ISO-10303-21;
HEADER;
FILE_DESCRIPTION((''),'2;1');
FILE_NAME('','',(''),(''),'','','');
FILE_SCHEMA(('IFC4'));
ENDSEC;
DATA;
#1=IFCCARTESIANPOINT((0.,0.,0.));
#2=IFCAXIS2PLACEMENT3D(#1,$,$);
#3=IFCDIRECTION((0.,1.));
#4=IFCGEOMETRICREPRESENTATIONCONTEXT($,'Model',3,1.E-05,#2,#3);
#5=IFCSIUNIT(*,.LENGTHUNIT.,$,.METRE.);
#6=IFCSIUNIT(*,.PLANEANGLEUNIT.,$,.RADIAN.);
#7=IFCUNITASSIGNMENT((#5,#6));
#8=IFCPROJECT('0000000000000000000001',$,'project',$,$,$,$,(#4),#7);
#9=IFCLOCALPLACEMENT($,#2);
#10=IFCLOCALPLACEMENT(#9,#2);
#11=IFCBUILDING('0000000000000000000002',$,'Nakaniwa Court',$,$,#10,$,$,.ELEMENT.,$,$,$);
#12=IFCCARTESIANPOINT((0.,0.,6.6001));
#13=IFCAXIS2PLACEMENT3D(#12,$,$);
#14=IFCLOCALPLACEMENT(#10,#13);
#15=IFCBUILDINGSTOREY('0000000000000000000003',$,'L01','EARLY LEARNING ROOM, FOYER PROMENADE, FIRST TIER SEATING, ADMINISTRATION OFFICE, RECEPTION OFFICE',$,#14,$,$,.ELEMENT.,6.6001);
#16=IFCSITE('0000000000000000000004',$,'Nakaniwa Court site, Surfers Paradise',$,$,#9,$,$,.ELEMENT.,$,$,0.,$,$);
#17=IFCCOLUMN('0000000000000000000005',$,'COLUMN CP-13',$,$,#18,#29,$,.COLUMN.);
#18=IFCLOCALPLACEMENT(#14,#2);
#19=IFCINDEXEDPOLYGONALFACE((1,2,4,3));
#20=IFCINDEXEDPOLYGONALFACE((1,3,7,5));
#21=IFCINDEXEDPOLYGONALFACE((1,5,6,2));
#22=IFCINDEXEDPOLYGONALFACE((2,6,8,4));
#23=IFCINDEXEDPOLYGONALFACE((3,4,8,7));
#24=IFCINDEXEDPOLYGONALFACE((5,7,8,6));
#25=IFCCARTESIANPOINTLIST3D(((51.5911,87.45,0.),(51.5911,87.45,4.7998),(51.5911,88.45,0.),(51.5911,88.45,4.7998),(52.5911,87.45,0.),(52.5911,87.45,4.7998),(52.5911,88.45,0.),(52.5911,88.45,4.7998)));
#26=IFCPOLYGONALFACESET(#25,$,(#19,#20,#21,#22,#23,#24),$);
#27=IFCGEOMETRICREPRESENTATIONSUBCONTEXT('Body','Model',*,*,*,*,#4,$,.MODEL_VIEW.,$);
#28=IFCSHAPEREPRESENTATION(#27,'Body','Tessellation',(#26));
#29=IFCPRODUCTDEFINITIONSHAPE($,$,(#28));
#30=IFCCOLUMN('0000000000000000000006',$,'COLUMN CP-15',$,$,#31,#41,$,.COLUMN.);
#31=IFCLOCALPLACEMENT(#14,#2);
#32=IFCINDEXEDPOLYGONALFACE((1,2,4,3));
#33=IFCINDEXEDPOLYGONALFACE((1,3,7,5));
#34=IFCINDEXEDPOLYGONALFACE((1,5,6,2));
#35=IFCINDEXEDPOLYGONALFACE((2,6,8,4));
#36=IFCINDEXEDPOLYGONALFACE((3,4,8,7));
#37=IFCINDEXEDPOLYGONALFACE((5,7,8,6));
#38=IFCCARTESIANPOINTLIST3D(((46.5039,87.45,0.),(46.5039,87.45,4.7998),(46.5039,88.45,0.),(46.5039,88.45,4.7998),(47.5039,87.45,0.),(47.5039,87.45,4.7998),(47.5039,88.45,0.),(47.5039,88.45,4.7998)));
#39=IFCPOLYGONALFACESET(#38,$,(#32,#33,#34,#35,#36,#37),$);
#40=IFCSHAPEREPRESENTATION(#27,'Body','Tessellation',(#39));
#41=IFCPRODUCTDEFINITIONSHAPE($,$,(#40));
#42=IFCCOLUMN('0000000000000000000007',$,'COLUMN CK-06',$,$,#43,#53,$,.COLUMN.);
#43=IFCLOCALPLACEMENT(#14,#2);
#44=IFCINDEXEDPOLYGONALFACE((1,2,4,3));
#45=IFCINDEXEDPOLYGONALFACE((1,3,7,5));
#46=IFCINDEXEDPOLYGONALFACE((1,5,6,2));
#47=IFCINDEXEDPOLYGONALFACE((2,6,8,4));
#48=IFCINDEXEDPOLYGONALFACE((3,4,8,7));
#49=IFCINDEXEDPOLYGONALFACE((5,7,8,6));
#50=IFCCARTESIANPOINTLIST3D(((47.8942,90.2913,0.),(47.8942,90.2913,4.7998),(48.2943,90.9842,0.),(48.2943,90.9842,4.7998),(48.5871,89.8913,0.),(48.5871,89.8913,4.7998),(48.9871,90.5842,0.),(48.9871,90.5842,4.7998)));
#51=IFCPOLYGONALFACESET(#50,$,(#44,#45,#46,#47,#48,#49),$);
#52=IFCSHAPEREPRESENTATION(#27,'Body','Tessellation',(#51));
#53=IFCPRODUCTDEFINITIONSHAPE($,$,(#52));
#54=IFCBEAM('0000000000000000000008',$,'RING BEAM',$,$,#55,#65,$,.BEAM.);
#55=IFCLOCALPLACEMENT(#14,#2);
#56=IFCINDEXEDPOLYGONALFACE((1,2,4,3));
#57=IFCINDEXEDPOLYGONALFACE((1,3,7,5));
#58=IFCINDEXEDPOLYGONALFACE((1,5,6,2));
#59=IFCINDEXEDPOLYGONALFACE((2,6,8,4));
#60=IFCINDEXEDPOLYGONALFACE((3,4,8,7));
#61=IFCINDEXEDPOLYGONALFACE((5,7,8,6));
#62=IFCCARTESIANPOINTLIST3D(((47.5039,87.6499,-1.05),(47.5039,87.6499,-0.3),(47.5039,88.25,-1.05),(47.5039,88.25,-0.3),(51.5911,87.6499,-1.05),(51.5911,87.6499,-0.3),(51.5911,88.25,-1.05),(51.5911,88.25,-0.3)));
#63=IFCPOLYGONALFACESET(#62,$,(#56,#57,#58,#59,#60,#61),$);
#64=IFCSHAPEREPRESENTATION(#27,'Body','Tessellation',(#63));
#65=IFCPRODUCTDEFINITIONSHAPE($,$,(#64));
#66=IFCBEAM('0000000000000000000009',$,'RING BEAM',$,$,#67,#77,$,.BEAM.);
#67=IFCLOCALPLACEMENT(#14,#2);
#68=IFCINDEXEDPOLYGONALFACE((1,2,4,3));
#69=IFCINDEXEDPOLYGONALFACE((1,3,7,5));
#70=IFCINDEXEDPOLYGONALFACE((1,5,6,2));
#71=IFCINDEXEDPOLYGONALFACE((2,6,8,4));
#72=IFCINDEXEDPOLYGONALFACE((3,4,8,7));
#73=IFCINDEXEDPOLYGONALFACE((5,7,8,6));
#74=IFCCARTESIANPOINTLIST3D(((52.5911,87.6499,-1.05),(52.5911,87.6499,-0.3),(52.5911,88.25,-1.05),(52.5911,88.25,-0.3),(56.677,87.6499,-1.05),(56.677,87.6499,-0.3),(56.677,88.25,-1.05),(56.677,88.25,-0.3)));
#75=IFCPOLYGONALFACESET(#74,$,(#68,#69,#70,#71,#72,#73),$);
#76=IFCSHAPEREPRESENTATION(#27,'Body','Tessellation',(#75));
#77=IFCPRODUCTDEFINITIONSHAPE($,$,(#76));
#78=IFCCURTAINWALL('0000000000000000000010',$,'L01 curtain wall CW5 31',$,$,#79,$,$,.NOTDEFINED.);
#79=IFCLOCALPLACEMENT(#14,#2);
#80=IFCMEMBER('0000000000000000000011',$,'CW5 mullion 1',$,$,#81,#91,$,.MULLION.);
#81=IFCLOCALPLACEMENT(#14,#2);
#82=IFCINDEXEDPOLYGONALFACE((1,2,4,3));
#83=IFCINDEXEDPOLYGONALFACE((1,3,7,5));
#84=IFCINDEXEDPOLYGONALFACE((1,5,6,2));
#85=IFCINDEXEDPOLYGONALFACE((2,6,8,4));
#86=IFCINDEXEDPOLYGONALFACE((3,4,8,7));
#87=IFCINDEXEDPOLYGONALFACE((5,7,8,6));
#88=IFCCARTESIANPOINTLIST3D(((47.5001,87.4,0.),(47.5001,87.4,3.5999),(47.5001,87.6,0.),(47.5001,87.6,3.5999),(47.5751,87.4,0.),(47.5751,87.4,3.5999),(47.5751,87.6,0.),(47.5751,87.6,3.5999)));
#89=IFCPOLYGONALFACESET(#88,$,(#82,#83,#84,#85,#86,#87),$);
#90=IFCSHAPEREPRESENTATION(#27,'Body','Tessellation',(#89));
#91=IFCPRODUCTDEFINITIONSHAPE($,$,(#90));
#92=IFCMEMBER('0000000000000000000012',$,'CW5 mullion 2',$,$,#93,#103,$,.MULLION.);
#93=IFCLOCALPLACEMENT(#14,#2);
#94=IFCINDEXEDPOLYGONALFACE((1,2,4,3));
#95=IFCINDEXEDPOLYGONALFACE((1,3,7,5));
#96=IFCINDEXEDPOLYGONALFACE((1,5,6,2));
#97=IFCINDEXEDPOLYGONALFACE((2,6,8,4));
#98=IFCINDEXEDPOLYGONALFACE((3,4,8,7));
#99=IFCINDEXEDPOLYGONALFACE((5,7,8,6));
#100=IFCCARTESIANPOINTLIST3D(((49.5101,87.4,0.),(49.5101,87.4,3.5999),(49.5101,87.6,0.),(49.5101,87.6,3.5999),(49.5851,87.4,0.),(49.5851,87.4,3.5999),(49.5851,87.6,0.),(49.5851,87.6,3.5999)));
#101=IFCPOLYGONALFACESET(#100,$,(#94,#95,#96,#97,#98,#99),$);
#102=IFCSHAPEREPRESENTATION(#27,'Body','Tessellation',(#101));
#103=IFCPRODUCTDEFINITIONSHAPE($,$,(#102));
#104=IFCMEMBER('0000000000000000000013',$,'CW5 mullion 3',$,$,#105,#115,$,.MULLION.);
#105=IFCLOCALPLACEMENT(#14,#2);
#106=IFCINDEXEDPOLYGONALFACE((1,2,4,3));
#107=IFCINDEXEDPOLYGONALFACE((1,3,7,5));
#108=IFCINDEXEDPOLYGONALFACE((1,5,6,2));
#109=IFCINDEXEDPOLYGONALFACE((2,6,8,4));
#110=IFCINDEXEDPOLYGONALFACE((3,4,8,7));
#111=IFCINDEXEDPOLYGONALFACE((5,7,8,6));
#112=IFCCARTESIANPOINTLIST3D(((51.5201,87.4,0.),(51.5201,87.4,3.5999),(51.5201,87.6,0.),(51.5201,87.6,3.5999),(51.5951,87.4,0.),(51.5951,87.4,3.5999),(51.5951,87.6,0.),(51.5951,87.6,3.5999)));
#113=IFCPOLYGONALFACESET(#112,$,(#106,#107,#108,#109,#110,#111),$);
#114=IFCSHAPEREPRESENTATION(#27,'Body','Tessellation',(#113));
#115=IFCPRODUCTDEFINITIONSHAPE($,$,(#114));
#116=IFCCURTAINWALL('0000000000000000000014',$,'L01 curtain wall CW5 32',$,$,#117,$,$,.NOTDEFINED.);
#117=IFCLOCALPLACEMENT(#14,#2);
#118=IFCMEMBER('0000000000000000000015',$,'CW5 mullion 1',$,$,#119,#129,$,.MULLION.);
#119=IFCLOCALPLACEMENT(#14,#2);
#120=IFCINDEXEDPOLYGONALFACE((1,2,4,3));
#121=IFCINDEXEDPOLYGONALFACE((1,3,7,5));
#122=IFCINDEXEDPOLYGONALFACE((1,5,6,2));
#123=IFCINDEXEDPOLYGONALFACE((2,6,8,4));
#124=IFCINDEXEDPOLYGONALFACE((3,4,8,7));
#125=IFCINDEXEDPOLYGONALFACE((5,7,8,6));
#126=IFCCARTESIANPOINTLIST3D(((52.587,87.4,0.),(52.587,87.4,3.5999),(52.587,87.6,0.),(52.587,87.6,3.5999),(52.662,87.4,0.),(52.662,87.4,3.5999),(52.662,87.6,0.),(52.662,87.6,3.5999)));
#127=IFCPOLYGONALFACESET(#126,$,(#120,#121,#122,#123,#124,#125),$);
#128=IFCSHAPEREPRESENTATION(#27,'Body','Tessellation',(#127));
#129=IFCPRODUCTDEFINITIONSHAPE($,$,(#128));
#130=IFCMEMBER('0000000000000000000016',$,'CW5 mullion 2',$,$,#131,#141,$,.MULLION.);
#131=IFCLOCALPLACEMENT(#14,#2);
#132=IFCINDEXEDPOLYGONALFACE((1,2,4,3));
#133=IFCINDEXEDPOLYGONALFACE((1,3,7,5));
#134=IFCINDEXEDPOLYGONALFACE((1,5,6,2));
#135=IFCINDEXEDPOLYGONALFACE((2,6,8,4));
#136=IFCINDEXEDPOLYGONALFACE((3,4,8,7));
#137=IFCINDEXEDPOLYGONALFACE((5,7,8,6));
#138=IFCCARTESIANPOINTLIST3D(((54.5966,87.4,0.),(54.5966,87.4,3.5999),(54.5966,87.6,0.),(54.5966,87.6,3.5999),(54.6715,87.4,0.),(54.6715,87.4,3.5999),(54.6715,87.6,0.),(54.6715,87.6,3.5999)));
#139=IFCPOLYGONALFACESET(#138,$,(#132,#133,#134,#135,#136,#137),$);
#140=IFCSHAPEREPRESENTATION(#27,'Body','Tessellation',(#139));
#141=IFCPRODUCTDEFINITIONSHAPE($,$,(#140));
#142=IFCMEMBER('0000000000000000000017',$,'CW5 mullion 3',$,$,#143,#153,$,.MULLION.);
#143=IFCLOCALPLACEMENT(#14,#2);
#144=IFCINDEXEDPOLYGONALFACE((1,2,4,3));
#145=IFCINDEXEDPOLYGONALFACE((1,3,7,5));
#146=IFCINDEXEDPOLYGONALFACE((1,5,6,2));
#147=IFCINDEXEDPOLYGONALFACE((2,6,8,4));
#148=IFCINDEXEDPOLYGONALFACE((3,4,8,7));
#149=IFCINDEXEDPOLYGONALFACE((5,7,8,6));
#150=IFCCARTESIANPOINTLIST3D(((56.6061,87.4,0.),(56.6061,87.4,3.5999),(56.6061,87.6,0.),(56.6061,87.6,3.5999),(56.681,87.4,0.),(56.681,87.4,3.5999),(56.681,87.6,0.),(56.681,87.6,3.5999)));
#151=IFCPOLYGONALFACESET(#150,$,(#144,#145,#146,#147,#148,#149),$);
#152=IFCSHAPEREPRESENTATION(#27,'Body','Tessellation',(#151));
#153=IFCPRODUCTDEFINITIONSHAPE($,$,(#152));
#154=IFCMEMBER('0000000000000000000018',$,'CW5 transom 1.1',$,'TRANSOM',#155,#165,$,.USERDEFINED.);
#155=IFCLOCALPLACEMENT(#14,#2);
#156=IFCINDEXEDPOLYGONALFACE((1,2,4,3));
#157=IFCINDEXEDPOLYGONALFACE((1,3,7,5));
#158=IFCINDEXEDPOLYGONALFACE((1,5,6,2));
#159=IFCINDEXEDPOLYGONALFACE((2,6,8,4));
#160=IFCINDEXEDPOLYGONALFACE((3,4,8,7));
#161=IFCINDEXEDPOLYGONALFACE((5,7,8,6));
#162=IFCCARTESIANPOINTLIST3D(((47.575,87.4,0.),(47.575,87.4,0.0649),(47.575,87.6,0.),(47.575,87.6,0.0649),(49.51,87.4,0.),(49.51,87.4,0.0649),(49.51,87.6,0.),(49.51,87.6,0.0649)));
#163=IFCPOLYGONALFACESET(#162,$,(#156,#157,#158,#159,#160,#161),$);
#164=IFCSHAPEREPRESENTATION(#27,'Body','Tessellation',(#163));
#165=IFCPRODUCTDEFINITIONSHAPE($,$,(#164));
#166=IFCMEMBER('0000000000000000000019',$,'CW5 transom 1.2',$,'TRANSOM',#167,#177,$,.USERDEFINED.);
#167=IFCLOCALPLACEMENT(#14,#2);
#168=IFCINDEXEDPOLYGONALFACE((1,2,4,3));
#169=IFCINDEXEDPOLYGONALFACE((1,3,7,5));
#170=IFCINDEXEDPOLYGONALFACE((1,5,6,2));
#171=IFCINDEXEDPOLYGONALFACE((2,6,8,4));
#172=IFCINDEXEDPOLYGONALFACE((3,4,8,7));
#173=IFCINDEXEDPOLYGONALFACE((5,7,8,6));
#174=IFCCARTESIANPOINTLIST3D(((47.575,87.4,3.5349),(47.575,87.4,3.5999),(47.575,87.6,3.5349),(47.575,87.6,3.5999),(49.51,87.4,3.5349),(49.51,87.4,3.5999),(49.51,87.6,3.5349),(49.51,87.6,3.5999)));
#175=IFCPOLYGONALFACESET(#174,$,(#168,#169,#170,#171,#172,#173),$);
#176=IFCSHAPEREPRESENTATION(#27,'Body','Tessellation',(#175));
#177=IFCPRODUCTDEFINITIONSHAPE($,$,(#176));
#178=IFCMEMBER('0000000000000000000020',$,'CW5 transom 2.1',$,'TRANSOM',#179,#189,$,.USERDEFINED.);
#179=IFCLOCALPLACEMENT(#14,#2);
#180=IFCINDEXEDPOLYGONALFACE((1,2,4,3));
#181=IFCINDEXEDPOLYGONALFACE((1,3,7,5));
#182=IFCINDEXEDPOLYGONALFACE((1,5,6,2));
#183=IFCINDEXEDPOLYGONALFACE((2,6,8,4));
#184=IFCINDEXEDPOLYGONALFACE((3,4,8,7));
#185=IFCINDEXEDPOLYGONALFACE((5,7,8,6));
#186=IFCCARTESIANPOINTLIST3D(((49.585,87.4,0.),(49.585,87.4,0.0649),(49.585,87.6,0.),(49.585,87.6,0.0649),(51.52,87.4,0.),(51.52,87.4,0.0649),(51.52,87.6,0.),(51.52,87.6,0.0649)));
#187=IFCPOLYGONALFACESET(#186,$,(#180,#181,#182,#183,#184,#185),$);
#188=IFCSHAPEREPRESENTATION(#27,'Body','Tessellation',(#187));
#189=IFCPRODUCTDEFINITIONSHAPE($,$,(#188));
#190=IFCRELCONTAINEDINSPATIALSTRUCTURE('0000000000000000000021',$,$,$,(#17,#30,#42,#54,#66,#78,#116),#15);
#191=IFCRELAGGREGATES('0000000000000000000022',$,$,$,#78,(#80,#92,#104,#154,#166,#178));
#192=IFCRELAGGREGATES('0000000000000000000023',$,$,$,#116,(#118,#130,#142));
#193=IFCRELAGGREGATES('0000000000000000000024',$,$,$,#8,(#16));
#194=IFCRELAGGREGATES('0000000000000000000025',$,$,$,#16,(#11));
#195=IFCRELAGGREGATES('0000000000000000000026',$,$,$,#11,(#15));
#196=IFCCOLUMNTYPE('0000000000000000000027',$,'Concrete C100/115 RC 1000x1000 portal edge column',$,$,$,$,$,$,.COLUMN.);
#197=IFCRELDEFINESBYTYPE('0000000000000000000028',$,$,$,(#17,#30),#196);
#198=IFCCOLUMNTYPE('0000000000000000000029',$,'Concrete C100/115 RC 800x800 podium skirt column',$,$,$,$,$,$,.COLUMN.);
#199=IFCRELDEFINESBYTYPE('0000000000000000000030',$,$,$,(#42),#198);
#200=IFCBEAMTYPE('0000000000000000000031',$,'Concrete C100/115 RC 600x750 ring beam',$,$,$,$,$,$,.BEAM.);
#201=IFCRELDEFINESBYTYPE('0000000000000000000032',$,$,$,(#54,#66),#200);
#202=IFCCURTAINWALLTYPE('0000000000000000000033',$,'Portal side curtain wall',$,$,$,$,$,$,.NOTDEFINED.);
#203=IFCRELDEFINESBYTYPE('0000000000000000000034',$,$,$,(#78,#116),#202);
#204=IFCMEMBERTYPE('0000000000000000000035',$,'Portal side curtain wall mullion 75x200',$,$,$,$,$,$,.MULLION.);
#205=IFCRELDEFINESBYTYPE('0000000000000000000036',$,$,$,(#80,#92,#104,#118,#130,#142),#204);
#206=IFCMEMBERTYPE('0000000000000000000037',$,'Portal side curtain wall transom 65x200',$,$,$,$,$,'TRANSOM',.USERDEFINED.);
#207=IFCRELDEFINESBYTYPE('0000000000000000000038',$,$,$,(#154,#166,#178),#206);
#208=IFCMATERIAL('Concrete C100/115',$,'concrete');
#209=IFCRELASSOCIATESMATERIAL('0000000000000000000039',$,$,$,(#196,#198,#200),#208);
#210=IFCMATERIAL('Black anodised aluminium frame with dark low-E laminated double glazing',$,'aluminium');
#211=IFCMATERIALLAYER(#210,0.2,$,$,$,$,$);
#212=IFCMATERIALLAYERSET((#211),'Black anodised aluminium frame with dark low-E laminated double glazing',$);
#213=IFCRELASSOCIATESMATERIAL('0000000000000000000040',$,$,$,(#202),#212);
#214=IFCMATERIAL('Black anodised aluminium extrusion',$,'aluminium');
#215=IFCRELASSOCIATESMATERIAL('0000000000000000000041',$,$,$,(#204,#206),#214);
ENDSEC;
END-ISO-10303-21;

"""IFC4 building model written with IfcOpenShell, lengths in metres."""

from ifc_helpers import new_model, si_unit, direction, frame, origin, origin_2d, place, context, subcontext, project, spatial, rectangle, extrude, material, layer, layer_set, material_profile, profile_set, type_object, element, aggregate, save


model = new_model("IFC4")

# Units and contexts
model_context = context("Model", 3, precision=1e-05, world=origin(), true_north=direction((0.0, 1.0)))
body_context = subcontext(model_context, "Body", "Model", "MODEL_VIEW")
ifc_project = project(units=[si_unit("LENGTHUNIT", "METRE"), si_unit("PLANEANGLEUNIT", "RADIAN")], contexts=[model_context])

# Site, building, storey
site_placement = place(None, origin())
site = spatial("IfcSite", under=ifc_project, at=site_placement, Name="Nakaniwa Court site, Surfers Paradise", CompositionType="ELEMENT", RefElevation=0.0)
building_placement = place(site_placement, origin())
building = spatial("IfcBuilding", under=site, at=building_placement, Name="Nakaniwa Court", CompositionType="ELEMENT")
storey_placement = place(building_placement, frame((0.0, 0.0, 6.6001)))
storey = spatial("IfcBuildingStorey", under=building, at=storey_placement, Name="L01", Description="EARLY LEARNING ROOM, FOYER PROMENADE, FIRST TIER SEATING, ADMINISTRATION OFFICE, RECEPTION OFFICE", CompositionType="ELEMENT", Elevation=6.6001)

# Columns
ifc_material_1 = material(Name="Concrete C100/115", Category="concrete")
ifc_material_profile_1 = material_profile(ifc_material_1, rectangle(XDim=1.0, YDim=1.0, at=origin_2d()), Name="Concrete C100/115 RC 1000x1000 portal edge column")
ifc_profile_set_1 = profile_set([ifc_material_profile_1], Name="Concrete C100/115")
column_type_1 = type_object("IfcColumnType", Name="Concrete C100/115 RC 1000x1000 portal edge column", PredefinedType="COLUMN", material=ifc_profile_set_1)
for number, where, z_axis, x_axis, name in (
    (1, (52.0911, 87.95, 0.0), (0.0, 0.0, 1.0), (1.0, 0.0, 0.0), "COLUMN CP-13"),
    (2, (47.0039, 87.95, 0.0), (0.0, 0.0, 1.0), (1.0, 0.0, 0.0), "COLUMN CP-15"),
):
    element("IfcColumn", number, at=place(storey_placement, frame(where, z_axis=z_axis, x_axis=x_axis)), inside=storey, type_object=column_type_1, Name=name, PredefinedType="COLUMN", context=body_context, shape_type="SweptSolid", body=[
        extrude(rectangle(XDim=1.0, YDim=1.0, at=origin_2d()), origin(), (0.0, 0.0, 1.0), 4.7998),
    ])
ifc_material_profile_2 = material_profile(ifc_material_1, rectangle(XDim=0.8, YDim=0.8, at=origin_2d()), Name="Concrete C100/115 RC 800x800 podium skirt column")
ifc_profile_set_2 = profile_set([ifc_material_profile_2], Name="Concrete C100/115")
column_type_2 = type_object("IfcColumnType", Name="Concrete C100/115 RC 800x800 podium skirt column", PredefinedType="COLUMN", material=ifc_profile_set_2)
column_placement = place(storey_placement, frame((48.4407, 90.4377, 0.0), z_axis=(0.0, 0.0, 1.0), x_axis=(-0.5, -0.866025, 0.0)))
element("IfcColumn", 3, at=column_placement, inside=storey, type_object=column_type_2, Name="COLUMN CK-06", PredefinedType="COLUMN", context=body_context, shape_type="SweptSolid", body=[
    extrude(rectangle(XDim=0.8, YDim=0.8, at=origin_2d()), origin(), (0.0, 0.0, 1.0), 4.7998),
])

# Beams
ifc_material_profile_3 = material_profile(ifc_material_1, rectangle(XDim=0.6001, YDim=0.75, at=origin_2d()), Name="Concrete C100/115 RC 600x750 ring beam")
ifc_profile_set_3 = profile_set([ifc_material_profile_3], Name="Concrete C100/115")
beam_type = type_object("IfcBeamType", Name="Concrete C100/115 RC 600x750 ring beam", PredefinedType="BEAM", material=ifc_profile_set_3)
beam_1_placement = place(storey_placement, frame((47.5039, 87.95, -0.675), z_axis=(1.0, 0.0, 0.0), x_axis=(0.0, 1.0, 0.0)))
element("IfcBeam", 4, at=beam_1_placement, inside=storey, type_object=beam_type, Name="RING BEAM", PredefinedType="BEAM", context=body_context, shape_type="SweptSolid", body=[
    extrude(rectangle(XDim=0.6001, YDim=0.75, at=origin_2d()), origin(), (0.0, 0.0, 1.0), 4.0872),
])
beam_2_placement = place(storey_placement, frame((52.5911, 87.95, -0.675), z_axis=(1.0, 0.0, 0.0), x_axis=(0.0, 1.0, 0.0)))
element("IfcBeam", 5, at=beam_2_placement, inside=storey, type_object=beam_type, Name="RING BEAM", PredefinedType="BEAM", context=body_context, shape_type="SweptSolid", body=[
    extrude(rectangle(XDim=0.6001, YDim=0.75, at=origin_2d()), origin(), (0.0, 0.0, 1.0), 4.0859),
])

# Curtain walls, members
ifc_material_2 = material(Name="Black anodised aluminium frame with dark low-E laminated double glazing", Category="aluminium")
ifc_layer_1 = layer(ifc_material_2, 0.2)
ifc_layer_set_1 = layer_set([ifc_layer_1], Name="Black anodised aluminium frame with dark low-E laminated double glazing")
curtain_wall_type = type_object("IfcCurtainWallType", Name="Portal side curtain wall", PredefinedType="NOTDEFINED", material=ifc_layer_set_1)
curtain_wall_1_placement = place(storey_placement, origin())
curtain_wall_1 = element("IfcCurtainWall", 6, at=curtain_wall_1_placement, inside=storey, type_object=curtain_wall_type, Name="L01 curtain wall CW5 31", PredefinedType="NOTDEFINED")
ifc_material_3 = material(Name="Black anodised aluminium extrusion", Category="aluminium")
ifc_material_profile_4 = material_profile(ifc_material_3, rectangle(XDim=0.2, YDim=0.075, at=origin_2d()), Name="Portal side curtain wall mullion 75x200")
ifc_profile_set_4 = profile_set([ifc_material_profile_4], Name="Black anodised aluminium extrusion")
member_type_1 = type_object("IfcMemberType", Name="Portal side curtain wall mullion 75x200", PredefinedType="MULLION", material=ifc_profile_set_4)
member_1_placement = place(storey_placement, frame((47.5376, 87.5, 0.0), z_axis=(0.0, 0.0, 1.0), x_axis=(0.0, 1.0, 0.0)))
member_1 = element("IfcMember", 7, at=member_1_placement, type_object=member_type_1, Name="CW5 mullion 1", PredefinedType="MULLION", context=body_context, shape_type="SweptSolid", body=[
    extrude(rectangle(XDim=0.2, YDim=0.075, at=origin_2d()), origin(), (0.0, 0.0, 1.0), 3.5999),
])
member_2_placement = place(storey_placement, frame((49.5476, 87.5, 0.0), z_axis=(0.0, 0.0, 1.0), x_axis=(0.0, 1.0, 0.0)))
member_2 = element("IfcMember", 8, at=member_2_placement, type_object=member_type_1, Name="CW5 mullion 2", PredefinedType="MULLION", context=body_context, shape_type="SweptSolid", body=[
    extrude(rectangle(XDim=0.2, YDim=0.075, at=origin_2d()), origin(), (0.0, 0.0, 1.0), 3.5999),
])
member_3_placement = place(storey_placement, frame((51.5576, 87.5, 0.0), z_axis=(0.0, 0.0, 1.0), x_axis=(0.0, 1.0, 0.0)))
member_3 = element("IfcMember", 9, at=member_3_placement, type_object=member_type_1, Name="CW5 mullion 3", PredefinedType="MULLION", context=body_context, shape_type="SweptSolid", body=[
    extrude(rectangle(XDim=0.2, YDim=0.075, at=origin_2d()), origin(), (0.0, 0.0, 1.0), 3.5999),
])
curtain_wall_2_placement = place(storey_placement, origin())
curtain_wall_2 = element("IfcCurtainWall", 10, at=curtain_wall_2_placement, inside=storey, type_object=curtain_wall_type, Name="L01 curtain wall CW5 32", PredefinedType="NOTDEFINED")
member_4_placement = place(storey_placement, frame((52.6245, 87.5, 0.0), z_axis=(0.0, 0.0, 1.0), x_axis=(0.0, 1.0, 0.0)))
member_4 = element("IfcMember", 11, at=member_4_placement, type_object=member_type_1, Name="CW5 mullion 1", PredefinedType="MULLION", context=body_context, shape_type="SweptSolid", body=[
    extrude(rectangle(XDim=0.2, YDim=0.075, at=origin_2d()), origin(), (0.0, 0.0, 1.0), 3.5999),
])
member_5_placement = place(storey_placement, frame((54.634, 87.5, 0.0), z_axis=(0.0, 0.0, 1.0), x_axis=(0.0, 1.0, 0.0)))
member_5 = element("IfcMember", 12, at=member_5_placement, type_object=member_type_1, Name="CW5 mullion 2", PredefinedType="MULLION", context=body_context, shape_type="SweptSolid", body=[
    extrude(rectangle(XDim=0.2, YDim=0.075, at=origin_2d()), origin(), (0.0, 0.0, 1.0), 3.5999),
])
member_6_placement = place(storey_placement, frame((56.6436, 87.5, 0.0), z_axis=(0.0, 0.0, 1.0), x_axis=(0.0, 1.0, 0.0)))
member_6 = element("IfcMember", 13, at=member_6_placement, type_object=member_type_1, Name="CW5 mullion 3", PredefinedType="MULLION", context=body_context, shape_type="SweptSolid", body=[
    extrude(rectangle(XDim=0.2, YDim=0.075, at=origin_2d()), origin(), (0.0, 0.0, 1.0), 3.5999),
])

# Members
ifc_material_profile_5 = material_profile(ifc_material_3, rectangle(XDim=0.2, YDim=0.0649, at=origin_2d()), Name="Portal side curtain wall transom 65x200")
ifc_profile_set_5 = profile_set([ifc_material_profile_5], Name="Black anodised aluminium extrusion")
member_type_2 = type_object("IfcMemberType", Name="Portal side curtain wall transom 65x200", ElementType="TRANSOM", PredefinedType="USERDEFINED", material=ifc_profile_set_5)
member_7_placement = place(storey_placement, frame((47.575, 87.5, 0.0325), z_axis=(1.0, 0.0, 0.0), x_axis=(0.0, 1.0, 0.0)))
member_7 = element("IfcMember", 14, at=member_7_placement, type_object=member_type_2, Name="CW5 transom 1.1", ObjectType="TRANSOM", PredefinedType="USERDEFINED", context=body_context, shape_type="SweptSolid", body=[
    extrude(rectangle(XDim=0.2, YDim=0.0649, at=origin_2d()), origin(), (0.0, 0.0, 1.0), 1.9351),
])
member_8_placement = place(storey_placement, frame((47.575, 87.5, 3.5674), z_axis=(1.0, 0.0, 0.0), x_axis=(0.0, 1.0, 0.0)))
member_8 = element("IfcMember", 15, at=member_8_placement, type_object=member_type_2, Name="CW5 transom 1.2", ObjectType="TRANSOM", PredefinedType="USERDEFINED", context=body_context, shape_type="SweptSolid", body=[
    extrude(rectangle(XDim=0.2, YDim=0.0649, at=origin_2d()), origin(), (0.0, 0.0, 1.0), 1.9351),
])
member_9_placement = place(storey_placement, frame((49.585, 87.5, 0.0325), z_axis=(1.0, 0.0, 0.0), x_axis=(0.0, 1.0, 0.0)))
member_9 = element("IfcMember", 16, at=member_9_placement, type_object=member_type_2, Name="CW5 transom 2.1", ObjectType="TRANSOM", PredefinedType="USERDEFINED", context=body_context, shape_type="SweptSolid", body=[
    extrude(rectangle(XDim=0.2, YDim=0.0649, at=origin_2d()), origin(), (0.0, 0.0, 1.0), 1.9351),
])

aggregate(curtain_wall_1, [member_1, member_2, member_3, member_7, member_8, member_9])
aggregate(curtain_wall_2, [member_4, member_5, member_6])

save(model, "model.ifc")
